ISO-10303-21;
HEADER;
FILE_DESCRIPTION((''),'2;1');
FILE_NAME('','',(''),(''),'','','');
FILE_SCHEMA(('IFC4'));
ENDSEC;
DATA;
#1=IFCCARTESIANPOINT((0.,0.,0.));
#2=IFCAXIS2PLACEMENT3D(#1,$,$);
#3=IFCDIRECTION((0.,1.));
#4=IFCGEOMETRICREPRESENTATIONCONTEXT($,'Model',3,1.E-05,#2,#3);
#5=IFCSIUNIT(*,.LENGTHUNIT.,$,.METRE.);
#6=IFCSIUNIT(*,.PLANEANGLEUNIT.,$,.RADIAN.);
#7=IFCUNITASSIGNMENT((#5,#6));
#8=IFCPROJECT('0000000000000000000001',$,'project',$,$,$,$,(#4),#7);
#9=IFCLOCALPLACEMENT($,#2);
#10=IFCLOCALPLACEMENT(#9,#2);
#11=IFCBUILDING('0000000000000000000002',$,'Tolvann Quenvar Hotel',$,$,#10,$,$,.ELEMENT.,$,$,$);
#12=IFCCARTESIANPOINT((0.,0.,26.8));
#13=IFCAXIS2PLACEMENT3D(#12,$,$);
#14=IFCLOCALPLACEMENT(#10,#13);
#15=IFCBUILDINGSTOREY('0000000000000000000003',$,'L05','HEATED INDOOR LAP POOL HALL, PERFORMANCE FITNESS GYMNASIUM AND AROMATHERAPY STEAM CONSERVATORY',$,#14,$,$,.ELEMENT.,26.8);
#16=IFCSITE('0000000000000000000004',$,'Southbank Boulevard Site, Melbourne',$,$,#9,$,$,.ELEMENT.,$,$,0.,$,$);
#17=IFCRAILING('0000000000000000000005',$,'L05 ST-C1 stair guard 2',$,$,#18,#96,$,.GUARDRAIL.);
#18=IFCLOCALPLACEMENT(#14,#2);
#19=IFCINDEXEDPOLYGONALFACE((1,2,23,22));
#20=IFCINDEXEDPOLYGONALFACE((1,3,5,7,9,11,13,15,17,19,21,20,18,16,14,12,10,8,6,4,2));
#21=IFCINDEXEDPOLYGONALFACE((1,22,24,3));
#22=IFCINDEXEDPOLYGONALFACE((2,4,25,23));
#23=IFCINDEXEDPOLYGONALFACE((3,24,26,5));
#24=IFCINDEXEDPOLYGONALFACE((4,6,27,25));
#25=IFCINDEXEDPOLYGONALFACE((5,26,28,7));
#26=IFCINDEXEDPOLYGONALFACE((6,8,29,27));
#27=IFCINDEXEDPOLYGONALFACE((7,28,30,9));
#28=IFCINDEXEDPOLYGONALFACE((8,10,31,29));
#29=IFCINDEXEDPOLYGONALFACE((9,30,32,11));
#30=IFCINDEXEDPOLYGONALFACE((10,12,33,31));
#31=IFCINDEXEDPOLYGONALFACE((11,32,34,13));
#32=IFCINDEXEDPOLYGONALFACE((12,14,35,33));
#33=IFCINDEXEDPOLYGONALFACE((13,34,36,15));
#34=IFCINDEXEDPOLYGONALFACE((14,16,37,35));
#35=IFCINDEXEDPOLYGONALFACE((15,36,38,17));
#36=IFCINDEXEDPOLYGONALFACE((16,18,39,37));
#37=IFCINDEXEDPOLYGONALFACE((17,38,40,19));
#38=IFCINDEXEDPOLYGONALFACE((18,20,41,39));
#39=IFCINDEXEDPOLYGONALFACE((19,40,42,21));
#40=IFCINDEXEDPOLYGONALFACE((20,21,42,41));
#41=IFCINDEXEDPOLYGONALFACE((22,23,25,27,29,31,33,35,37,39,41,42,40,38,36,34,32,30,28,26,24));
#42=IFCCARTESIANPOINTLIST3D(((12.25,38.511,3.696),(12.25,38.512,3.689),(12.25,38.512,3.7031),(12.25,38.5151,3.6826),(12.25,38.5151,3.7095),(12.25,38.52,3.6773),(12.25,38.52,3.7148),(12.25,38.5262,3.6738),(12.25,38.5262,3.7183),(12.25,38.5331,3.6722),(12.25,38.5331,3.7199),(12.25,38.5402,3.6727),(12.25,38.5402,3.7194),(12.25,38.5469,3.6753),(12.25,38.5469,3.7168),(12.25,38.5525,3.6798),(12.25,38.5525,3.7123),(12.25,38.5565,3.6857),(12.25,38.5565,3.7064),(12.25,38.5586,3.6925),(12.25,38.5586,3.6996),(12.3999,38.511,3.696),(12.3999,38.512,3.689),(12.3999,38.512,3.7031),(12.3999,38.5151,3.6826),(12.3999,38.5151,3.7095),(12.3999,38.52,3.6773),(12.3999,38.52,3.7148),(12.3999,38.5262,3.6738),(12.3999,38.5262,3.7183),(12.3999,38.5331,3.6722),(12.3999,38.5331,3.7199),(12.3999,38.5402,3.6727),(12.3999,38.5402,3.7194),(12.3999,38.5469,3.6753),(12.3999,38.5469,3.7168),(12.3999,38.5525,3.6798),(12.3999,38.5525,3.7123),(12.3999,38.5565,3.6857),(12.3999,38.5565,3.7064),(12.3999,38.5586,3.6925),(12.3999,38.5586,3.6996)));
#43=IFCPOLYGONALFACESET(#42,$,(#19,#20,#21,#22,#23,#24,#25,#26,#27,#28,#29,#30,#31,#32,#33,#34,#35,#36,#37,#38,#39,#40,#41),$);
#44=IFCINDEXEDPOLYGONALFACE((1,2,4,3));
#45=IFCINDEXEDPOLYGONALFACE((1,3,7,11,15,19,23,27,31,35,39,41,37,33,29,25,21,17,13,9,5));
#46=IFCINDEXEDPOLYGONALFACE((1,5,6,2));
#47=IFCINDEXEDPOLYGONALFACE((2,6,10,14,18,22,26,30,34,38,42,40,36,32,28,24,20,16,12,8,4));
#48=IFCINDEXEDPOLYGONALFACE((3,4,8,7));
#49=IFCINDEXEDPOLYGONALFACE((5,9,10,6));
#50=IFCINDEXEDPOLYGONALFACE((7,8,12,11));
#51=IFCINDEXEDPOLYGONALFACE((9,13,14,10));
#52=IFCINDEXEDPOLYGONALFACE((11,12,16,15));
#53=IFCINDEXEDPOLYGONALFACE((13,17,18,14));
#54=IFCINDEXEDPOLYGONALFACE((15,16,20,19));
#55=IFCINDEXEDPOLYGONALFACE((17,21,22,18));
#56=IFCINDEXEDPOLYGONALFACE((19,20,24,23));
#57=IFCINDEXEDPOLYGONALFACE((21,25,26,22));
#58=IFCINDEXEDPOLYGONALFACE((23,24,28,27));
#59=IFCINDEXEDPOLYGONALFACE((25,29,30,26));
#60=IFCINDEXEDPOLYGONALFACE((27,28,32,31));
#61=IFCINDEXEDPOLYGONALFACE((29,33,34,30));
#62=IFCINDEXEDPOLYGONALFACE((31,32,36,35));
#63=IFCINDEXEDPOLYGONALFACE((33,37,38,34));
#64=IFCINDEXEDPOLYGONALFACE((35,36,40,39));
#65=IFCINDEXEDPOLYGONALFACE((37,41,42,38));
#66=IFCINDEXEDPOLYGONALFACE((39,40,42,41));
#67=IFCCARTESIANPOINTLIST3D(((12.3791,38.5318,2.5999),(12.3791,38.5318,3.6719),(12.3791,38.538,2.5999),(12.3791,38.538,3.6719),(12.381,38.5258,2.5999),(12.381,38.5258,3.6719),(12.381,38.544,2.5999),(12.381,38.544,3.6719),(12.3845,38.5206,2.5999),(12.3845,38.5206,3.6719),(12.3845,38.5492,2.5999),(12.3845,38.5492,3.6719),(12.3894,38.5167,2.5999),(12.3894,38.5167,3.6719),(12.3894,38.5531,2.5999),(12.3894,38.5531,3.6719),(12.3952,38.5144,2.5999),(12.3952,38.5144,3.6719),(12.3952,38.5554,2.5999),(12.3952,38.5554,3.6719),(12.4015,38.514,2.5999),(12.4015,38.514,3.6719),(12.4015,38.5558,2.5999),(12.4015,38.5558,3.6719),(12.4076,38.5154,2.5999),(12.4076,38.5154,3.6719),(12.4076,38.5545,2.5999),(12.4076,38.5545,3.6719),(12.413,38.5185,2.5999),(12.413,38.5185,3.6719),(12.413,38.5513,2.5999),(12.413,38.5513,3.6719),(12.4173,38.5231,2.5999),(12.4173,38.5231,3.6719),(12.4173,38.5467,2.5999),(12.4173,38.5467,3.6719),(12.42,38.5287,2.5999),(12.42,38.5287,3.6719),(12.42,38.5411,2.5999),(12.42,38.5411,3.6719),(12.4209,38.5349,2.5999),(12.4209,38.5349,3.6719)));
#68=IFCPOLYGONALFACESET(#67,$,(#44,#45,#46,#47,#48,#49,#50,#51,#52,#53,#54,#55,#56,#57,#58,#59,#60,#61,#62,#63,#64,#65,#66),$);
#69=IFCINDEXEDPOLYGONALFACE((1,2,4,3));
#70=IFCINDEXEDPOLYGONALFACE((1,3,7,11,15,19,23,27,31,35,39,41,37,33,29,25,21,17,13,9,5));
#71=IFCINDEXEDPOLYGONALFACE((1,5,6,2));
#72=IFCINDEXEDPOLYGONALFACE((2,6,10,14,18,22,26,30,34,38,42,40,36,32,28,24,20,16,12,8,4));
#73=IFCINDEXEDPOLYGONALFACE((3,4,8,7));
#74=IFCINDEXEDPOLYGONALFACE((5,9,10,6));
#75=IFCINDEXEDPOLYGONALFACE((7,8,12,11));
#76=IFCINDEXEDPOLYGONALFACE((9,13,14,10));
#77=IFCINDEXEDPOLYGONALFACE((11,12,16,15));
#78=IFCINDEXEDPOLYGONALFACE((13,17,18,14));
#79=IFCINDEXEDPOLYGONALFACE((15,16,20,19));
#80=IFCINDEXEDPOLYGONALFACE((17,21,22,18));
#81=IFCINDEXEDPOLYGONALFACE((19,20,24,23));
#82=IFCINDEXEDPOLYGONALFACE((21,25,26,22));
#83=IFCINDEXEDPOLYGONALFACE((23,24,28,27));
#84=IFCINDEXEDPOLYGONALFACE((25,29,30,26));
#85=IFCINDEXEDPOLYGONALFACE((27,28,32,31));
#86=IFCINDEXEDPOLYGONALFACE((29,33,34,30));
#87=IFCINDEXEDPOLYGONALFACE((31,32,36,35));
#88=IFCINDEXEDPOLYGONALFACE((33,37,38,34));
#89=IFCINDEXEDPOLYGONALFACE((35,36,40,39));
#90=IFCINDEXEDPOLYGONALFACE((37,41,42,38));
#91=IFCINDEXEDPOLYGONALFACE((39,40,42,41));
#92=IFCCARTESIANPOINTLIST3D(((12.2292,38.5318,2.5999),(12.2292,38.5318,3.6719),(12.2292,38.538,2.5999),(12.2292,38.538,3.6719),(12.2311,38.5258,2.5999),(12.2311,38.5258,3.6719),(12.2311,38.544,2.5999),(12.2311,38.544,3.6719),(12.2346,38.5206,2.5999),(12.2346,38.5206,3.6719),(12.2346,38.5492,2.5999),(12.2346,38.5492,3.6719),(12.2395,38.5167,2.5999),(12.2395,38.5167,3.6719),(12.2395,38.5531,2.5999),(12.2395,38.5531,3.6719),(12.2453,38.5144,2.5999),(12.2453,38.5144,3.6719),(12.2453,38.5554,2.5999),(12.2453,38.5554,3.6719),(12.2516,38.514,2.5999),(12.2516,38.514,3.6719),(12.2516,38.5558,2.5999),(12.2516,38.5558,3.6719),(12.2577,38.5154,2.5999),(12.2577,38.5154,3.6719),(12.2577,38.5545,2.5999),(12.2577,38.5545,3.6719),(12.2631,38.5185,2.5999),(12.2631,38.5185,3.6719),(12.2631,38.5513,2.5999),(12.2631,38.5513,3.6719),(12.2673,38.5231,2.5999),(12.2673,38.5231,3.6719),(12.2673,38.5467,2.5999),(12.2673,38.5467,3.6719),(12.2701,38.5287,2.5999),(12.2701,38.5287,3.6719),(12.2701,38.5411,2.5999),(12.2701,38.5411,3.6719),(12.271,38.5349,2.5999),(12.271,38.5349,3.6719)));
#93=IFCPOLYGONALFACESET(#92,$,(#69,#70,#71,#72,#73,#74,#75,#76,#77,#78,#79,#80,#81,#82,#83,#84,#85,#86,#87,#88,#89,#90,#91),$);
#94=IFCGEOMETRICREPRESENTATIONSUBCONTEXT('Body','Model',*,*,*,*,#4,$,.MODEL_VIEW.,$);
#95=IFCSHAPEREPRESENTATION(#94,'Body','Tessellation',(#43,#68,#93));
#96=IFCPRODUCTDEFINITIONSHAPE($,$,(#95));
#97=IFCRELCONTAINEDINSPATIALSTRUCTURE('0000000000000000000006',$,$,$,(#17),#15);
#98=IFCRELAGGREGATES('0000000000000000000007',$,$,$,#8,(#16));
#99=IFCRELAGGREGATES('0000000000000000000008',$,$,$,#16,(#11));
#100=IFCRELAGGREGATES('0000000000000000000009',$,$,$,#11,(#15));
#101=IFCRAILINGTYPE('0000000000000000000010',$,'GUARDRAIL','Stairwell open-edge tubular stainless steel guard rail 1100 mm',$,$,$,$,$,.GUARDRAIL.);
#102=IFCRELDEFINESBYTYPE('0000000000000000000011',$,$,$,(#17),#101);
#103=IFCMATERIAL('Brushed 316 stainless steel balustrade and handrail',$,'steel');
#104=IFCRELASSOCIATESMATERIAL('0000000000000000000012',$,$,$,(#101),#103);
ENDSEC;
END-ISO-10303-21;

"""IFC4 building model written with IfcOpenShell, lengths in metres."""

from ifc_helpers import new_model, si_unit, direction, frame, origin, origin_2d, place, context, subcontext, project, spatial, circle, extrude, material, type_object, element, save


model = new_model("IFC4")

# Units and contexts
model_context = context("Model", 3, precision=1e-05, world=origin(), true_north=direction((0.0, 1.0)))
body_context = subcontext(model_context, "Body", "Model", "MODEL_VIEW")
ifc_project = project(units=[si_unit("LENGTHUNIT", "METRE"), si_unit("PLANEANGLEUNIT", "RADIAN")], contexts=[model_context])

# Site, building, storey
site_placement = place(None, origin())
site = spatial("IfcSite", under=ifc_project, at=site_placement, Name="Southbank Boulevard Site, Melbourne", CompositionType="ELEMENT", RefElevation=0.0)
building_placement = place(site_placement, origin())
building = spatial("IfcBuilding", under=site, at=building_placement, Name="Tolvann Quenvar Hotel", CompositionType="ELEMENT")
storey_placement = place(building_placement, frame((0.0, 0.0, 26.8)))
storey = spatial("IfcBuildingStorey", under=building, at=storey_placement, Name="L05", Description="HEATED INDOOR LAP POOL HALL, PERFORMANCE FITNESS GYMNASIUM AND AROMATHERAPY STEAM CONSERVATORY", CompositionType="ELEMENT", Elevation=26.8)

# Railing
ifc_material_1 = material(Name="Brushed 316 stainless steel balustrade and handrail", Category="steel")
railing_type_1 = type_object("IfcRailingType", Name="GUARDRAIL", Description="Stairwell open-edge tubular stainless steel guard rail 1100 mm", PredefinedType="GUARDRAIL", material=ifc_material_1)
railing_1_placement = place(storey_placement, frame((12.3999, 38.5349, 2.5999)))
element("IfcRailing", 1, at=railing_1_placement, inside=storey, type_object=railing_type_1, Name="L05 ST-C1 stair guard 2", PredefinedType="GUARDRAIL", context=body_context, shape_type="SweptSolid", body=[
    extrude(circle(Radius=0.0239, at=origin_2d()), frame((0.0, 0.0, 1.0962), z_axis=(-1.0, 0.0, 0.0), x_axis=(0.0, -1.0, 0.0)), (0.0, 0.0, 1.0), 0.1499),
    extrude(circle(Radius=0.021, at=origin_2d()), origin(), (0.0, 0.0, 1.0), 1.072),
    extrude(circle(Radius=0.021, at=origin_2d()), frame((-0.1499, 0.0, 0.0)), (0.0, 0.0, 1.0), 1.072),
])

save(model, "model.ifc")
